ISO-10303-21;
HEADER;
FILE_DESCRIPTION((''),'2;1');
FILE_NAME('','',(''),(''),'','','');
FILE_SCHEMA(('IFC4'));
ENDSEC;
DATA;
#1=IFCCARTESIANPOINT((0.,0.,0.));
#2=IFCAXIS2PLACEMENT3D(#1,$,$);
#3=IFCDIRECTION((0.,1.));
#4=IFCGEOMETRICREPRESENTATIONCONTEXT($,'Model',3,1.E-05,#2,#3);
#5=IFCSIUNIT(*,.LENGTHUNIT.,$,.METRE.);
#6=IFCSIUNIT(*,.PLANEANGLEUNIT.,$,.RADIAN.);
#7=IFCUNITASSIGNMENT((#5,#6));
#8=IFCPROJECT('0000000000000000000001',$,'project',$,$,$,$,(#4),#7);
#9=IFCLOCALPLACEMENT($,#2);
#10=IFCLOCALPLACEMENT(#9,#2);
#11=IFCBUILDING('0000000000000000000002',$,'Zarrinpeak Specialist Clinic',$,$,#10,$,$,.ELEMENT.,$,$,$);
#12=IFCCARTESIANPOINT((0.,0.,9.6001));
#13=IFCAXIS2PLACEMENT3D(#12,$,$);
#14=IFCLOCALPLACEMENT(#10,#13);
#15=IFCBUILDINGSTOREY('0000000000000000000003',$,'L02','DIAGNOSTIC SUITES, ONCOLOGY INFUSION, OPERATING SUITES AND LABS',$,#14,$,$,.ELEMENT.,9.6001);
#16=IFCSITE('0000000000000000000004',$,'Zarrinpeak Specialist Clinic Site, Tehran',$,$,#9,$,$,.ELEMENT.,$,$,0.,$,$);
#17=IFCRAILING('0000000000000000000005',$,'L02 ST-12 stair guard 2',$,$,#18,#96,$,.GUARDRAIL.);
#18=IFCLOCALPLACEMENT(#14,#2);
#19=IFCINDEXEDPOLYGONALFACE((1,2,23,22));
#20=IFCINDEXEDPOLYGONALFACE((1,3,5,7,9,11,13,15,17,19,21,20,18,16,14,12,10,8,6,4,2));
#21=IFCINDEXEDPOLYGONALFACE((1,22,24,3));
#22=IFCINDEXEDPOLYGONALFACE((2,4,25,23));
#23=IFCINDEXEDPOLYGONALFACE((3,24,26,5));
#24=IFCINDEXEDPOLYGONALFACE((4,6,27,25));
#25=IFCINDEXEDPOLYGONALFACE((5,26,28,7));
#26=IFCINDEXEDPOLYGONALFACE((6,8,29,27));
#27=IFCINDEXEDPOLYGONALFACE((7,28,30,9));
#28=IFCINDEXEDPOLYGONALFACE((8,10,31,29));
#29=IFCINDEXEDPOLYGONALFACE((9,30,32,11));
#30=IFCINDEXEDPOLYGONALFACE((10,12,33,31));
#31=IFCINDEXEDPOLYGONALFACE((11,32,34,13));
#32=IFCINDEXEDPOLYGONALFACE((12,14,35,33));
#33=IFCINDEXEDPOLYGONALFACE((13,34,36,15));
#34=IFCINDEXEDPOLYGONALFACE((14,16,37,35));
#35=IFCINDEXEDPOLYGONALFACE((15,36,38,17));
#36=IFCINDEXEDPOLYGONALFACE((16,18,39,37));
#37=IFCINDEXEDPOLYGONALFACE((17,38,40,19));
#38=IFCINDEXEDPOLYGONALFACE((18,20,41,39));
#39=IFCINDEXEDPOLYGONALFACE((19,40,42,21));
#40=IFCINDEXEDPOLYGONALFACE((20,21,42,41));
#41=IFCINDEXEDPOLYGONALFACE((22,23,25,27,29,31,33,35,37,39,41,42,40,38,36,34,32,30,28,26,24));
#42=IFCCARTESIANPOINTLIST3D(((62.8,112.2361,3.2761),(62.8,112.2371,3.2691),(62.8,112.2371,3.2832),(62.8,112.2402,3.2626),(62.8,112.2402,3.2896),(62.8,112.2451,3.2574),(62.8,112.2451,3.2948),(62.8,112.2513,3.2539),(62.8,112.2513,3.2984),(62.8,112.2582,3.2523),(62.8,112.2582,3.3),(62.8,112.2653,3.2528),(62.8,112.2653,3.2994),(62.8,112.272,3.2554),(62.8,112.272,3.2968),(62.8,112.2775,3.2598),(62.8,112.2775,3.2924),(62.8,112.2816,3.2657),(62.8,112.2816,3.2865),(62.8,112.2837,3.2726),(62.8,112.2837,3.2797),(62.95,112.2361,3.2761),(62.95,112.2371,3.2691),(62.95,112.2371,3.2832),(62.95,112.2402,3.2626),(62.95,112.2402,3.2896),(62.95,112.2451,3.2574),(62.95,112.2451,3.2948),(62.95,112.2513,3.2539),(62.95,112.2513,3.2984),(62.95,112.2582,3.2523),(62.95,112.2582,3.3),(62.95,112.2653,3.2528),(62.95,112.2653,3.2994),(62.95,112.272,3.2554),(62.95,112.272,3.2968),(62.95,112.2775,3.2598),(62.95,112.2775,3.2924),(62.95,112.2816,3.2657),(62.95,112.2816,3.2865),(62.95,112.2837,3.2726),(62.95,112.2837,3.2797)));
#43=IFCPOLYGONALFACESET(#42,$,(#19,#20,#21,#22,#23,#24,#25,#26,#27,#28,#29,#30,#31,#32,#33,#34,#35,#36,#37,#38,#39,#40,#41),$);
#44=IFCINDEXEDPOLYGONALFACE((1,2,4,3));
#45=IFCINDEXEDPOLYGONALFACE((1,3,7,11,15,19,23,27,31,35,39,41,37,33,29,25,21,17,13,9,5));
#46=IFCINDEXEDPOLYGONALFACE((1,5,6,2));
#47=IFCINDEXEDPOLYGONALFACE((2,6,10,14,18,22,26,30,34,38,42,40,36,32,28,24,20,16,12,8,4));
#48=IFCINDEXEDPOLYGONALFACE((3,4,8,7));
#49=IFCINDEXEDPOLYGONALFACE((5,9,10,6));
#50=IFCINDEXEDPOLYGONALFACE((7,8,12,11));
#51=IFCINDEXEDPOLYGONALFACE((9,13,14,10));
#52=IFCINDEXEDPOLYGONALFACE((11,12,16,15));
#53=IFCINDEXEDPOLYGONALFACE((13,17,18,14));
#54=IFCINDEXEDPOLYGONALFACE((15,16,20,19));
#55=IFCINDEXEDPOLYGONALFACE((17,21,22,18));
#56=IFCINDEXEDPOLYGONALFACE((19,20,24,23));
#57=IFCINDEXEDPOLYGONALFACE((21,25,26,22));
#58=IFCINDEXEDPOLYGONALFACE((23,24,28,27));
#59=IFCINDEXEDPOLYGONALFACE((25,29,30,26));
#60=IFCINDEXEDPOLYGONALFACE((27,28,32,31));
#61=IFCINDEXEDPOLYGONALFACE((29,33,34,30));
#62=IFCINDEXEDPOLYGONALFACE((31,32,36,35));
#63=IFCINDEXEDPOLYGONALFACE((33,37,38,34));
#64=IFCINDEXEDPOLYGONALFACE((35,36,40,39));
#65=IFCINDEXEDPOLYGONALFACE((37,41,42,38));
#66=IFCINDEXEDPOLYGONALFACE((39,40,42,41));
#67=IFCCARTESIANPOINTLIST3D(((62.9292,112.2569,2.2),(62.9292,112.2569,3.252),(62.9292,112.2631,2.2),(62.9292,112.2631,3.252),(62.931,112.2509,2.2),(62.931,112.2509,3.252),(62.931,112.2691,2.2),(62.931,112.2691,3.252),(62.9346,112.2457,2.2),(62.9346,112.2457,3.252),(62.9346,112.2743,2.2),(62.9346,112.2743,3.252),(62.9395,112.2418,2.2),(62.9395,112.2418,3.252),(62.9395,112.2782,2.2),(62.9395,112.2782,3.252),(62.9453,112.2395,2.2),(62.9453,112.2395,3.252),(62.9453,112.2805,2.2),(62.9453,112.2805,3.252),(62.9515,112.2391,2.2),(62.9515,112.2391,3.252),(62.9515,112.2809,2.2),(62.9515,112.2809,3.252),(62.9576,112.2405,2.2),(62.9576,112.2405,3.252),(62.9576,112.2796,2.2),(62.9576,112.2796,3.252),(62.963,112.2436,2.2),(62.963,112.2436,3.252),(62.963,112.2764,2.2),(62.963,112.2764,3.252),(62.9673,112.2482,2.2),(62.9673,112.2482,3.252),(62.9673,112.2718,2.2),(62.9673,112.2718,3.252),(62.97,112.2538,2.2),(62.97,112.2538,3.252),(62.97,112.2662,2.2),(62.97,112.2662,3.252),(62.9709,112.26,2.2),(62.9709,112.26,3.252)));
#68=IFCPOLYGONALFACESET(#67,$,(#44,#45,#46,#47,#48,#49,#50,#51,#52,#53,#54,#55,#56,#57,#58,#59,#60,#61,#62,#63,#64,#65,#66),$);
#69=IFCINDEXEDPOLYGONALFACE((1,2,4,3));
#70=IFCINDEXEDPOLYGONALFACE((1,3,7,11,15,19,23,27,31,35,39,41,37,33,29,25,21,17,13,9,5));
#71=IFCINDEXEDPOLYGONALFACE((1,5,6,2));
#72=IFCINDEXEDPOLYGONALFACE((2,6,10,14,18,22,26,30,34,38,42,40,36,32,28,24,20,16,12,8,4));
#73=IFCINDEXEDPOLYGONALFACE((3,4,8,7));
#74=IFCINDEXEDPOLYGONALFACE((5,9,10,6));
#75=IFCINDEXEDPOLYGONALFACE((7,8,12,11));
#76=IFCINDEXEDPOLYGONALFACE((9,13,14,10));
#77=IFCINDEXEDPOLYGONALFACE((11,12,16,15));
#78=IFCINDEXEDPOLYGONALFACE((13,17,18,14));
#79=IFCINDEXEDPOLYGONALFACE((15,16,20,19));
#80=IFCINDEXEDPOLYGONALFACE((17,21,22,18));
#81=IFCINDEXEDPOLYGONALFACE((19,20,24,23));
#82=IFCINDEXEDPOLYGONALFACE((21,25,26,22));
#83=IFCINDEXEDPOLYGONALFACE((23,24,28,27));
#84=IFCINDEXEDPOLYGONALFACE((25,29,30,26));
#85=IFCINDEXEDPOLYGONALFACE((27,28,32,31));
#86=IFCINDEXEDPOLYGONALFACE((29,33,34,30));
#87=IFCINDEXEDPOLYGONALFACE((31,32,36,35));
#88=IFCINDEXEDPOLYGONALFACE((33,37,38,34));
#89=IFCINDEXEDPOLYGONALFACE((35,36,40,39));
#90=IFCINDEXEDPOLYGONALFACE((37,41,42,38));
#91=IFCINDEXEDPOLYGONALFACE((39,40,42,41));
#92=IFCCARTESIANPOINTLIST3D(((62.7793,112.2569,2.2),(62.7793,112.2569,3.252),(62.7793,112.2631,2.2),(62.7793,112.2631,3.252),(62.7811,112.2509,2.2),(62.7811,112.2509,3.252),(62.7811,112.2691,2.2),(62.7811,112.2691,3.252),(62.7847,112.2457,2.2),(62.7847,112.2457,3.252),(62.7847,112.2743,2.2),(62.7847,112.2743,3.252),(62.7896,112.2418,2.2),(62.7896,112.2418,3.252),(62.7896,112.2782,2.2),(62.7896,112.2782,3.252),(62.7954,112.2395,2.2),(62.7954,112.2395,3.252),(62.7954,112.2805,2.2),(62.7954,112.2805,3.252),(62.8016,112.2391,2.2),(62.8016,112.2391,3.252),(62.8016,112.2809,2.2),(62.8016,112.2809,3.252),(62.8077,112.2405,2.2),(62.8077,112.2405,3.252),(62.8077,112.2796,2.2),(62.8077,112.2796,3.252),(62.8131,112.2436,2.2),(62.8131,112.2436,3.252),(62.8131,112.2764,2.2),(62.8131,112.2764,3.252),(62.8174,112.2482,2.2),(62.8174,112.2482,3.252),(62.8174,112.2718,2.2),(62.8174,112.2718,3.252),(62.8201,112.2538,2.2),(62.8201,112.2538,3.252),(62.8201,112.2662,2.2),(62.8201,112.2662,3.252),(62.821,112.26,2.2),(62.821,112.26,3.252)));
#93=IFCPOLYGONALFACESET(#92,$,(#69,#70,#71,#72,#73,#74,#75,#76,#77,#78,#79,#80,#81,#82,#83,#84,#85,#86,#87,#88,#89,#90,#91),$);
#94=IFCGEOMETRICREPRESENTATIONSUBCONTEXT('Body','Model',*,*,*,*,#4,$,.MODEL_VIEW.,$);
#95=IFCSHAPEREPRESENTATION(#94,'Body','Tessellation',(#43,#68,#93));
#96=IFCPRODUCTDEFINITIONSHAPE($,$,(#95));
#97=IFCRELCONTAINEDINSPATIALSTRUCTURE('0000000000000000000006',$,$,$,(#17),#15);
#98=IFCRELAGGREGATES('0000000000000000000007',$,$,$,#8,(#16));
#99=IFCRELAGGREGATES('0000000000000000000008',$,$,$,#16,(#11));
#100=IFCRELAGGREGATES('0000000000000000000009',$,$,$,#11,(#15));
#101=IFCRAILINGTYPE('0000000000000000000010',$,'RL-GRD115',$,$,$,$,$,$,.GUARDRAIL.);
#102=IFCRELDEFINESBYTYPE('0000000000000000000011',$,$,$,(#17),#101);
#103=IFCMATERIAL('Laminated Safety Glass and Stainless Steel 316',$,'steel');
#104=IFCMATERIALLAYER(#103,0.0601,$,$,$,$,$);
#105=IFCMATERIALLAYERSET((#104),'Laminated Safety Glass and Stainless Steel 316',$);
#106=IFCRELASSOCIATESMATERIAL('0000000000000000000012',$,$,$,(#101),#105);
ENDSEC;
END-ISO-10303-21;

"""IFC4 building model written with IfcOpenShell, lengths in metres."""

from ifc_helpers import new_model, si_unit, direction, frame, origin, origin_2d, place, context, subcontext, project, spatial, circle, extrude, material, layer, layer_set, type_object, element, save


model = new_model("IFC4")

# Units and contexts
model_context = context("Model", 3, precision=1e-05, world=origin(), true_north=direction((0.0, 1.0)))
body_context = subcontext(model_context, "Body", "Model", "MODEL_VIEW")
ifc_project = project(units=[si_unit("LENGTHUNIT", "METRE"), si_unit("PLANEANGLEUNIT", "RADIAN")], contexts=[model_context])

# Site, building, storey
site_placement = place(None, origin())
site = spatial("IfcSite", under=ifc_project, at=site_placement, Name="Zarrinpeak Specialist Clinic Site, Tehran", CompositionType="ELEMENT", RefElevation=0.0)
building_placement = place(site_placement, origin())
building = spatial("IfcBuilding", under=site, at=building_placement, Name="Zarrinpeak Specialist Clinic", CompositionType="ELEMENT")
storey_placement = place(building_placement, frame((0.0, 0.0, 9.6001)))
storey = spatial("IfcBuildingStorey", under=building, at=storey_placement, Name="L02", Description="DIAGNOSTIC SUITES, ONCOLOGY INFUSION, OPERATING SUITES AND LABS", CompositionType="ELEMENT", Elevation=9.6001)

# Railing
ifc_material_1 = material(Name="Laminated Safety Glass and Stainless Steel 316", Category="steel")
ifc_layer_1 = layer(ifc_material_1, 0.0601)
ifc_layer_set_1 = layer_set([ifc_layer_1], Name="Laminated Safety Glass and Stainless Steel 316")
railing_type_1 = type_object("IfcRailingType", Name="RL-GRD115", PredefinedType="GUARDRAIL", material=ifc_layer_set_1)
railing_1_placement = place(storey_placement, frame((62.95, 112.26, 2.2)))
element("IfcRailing", 1, at=railing_1_placement, inside=storey, type_object=railing_type_1, Name="L02 ST-12 stair guard 2", PredefinedType="GUARDRAIL", context=body_context, shape_type="SweptSolid", body=[
    extrude(circle(Radius=0.0239, at=origin_2d()), frame((0.0, 0.0, 1.0762), z_axis=(-1.0, 0.0, 0.0), x_axis=(0.0, -1.0, 0.0)), (0.0, 0.0, 1.0), 0.1499),
    extrude(circle(Radius=0.021, at=origin_2d()), origin(), (0.0, 0.0, 1.0), 1.052),
    extrude(circle(Radius=0.021, at=origin_2d()), frame((-0.1499, 0.0, 0.0)), (0.0, 0.0, 1.0), 1.052),
])

save(model, "model.ifc")
